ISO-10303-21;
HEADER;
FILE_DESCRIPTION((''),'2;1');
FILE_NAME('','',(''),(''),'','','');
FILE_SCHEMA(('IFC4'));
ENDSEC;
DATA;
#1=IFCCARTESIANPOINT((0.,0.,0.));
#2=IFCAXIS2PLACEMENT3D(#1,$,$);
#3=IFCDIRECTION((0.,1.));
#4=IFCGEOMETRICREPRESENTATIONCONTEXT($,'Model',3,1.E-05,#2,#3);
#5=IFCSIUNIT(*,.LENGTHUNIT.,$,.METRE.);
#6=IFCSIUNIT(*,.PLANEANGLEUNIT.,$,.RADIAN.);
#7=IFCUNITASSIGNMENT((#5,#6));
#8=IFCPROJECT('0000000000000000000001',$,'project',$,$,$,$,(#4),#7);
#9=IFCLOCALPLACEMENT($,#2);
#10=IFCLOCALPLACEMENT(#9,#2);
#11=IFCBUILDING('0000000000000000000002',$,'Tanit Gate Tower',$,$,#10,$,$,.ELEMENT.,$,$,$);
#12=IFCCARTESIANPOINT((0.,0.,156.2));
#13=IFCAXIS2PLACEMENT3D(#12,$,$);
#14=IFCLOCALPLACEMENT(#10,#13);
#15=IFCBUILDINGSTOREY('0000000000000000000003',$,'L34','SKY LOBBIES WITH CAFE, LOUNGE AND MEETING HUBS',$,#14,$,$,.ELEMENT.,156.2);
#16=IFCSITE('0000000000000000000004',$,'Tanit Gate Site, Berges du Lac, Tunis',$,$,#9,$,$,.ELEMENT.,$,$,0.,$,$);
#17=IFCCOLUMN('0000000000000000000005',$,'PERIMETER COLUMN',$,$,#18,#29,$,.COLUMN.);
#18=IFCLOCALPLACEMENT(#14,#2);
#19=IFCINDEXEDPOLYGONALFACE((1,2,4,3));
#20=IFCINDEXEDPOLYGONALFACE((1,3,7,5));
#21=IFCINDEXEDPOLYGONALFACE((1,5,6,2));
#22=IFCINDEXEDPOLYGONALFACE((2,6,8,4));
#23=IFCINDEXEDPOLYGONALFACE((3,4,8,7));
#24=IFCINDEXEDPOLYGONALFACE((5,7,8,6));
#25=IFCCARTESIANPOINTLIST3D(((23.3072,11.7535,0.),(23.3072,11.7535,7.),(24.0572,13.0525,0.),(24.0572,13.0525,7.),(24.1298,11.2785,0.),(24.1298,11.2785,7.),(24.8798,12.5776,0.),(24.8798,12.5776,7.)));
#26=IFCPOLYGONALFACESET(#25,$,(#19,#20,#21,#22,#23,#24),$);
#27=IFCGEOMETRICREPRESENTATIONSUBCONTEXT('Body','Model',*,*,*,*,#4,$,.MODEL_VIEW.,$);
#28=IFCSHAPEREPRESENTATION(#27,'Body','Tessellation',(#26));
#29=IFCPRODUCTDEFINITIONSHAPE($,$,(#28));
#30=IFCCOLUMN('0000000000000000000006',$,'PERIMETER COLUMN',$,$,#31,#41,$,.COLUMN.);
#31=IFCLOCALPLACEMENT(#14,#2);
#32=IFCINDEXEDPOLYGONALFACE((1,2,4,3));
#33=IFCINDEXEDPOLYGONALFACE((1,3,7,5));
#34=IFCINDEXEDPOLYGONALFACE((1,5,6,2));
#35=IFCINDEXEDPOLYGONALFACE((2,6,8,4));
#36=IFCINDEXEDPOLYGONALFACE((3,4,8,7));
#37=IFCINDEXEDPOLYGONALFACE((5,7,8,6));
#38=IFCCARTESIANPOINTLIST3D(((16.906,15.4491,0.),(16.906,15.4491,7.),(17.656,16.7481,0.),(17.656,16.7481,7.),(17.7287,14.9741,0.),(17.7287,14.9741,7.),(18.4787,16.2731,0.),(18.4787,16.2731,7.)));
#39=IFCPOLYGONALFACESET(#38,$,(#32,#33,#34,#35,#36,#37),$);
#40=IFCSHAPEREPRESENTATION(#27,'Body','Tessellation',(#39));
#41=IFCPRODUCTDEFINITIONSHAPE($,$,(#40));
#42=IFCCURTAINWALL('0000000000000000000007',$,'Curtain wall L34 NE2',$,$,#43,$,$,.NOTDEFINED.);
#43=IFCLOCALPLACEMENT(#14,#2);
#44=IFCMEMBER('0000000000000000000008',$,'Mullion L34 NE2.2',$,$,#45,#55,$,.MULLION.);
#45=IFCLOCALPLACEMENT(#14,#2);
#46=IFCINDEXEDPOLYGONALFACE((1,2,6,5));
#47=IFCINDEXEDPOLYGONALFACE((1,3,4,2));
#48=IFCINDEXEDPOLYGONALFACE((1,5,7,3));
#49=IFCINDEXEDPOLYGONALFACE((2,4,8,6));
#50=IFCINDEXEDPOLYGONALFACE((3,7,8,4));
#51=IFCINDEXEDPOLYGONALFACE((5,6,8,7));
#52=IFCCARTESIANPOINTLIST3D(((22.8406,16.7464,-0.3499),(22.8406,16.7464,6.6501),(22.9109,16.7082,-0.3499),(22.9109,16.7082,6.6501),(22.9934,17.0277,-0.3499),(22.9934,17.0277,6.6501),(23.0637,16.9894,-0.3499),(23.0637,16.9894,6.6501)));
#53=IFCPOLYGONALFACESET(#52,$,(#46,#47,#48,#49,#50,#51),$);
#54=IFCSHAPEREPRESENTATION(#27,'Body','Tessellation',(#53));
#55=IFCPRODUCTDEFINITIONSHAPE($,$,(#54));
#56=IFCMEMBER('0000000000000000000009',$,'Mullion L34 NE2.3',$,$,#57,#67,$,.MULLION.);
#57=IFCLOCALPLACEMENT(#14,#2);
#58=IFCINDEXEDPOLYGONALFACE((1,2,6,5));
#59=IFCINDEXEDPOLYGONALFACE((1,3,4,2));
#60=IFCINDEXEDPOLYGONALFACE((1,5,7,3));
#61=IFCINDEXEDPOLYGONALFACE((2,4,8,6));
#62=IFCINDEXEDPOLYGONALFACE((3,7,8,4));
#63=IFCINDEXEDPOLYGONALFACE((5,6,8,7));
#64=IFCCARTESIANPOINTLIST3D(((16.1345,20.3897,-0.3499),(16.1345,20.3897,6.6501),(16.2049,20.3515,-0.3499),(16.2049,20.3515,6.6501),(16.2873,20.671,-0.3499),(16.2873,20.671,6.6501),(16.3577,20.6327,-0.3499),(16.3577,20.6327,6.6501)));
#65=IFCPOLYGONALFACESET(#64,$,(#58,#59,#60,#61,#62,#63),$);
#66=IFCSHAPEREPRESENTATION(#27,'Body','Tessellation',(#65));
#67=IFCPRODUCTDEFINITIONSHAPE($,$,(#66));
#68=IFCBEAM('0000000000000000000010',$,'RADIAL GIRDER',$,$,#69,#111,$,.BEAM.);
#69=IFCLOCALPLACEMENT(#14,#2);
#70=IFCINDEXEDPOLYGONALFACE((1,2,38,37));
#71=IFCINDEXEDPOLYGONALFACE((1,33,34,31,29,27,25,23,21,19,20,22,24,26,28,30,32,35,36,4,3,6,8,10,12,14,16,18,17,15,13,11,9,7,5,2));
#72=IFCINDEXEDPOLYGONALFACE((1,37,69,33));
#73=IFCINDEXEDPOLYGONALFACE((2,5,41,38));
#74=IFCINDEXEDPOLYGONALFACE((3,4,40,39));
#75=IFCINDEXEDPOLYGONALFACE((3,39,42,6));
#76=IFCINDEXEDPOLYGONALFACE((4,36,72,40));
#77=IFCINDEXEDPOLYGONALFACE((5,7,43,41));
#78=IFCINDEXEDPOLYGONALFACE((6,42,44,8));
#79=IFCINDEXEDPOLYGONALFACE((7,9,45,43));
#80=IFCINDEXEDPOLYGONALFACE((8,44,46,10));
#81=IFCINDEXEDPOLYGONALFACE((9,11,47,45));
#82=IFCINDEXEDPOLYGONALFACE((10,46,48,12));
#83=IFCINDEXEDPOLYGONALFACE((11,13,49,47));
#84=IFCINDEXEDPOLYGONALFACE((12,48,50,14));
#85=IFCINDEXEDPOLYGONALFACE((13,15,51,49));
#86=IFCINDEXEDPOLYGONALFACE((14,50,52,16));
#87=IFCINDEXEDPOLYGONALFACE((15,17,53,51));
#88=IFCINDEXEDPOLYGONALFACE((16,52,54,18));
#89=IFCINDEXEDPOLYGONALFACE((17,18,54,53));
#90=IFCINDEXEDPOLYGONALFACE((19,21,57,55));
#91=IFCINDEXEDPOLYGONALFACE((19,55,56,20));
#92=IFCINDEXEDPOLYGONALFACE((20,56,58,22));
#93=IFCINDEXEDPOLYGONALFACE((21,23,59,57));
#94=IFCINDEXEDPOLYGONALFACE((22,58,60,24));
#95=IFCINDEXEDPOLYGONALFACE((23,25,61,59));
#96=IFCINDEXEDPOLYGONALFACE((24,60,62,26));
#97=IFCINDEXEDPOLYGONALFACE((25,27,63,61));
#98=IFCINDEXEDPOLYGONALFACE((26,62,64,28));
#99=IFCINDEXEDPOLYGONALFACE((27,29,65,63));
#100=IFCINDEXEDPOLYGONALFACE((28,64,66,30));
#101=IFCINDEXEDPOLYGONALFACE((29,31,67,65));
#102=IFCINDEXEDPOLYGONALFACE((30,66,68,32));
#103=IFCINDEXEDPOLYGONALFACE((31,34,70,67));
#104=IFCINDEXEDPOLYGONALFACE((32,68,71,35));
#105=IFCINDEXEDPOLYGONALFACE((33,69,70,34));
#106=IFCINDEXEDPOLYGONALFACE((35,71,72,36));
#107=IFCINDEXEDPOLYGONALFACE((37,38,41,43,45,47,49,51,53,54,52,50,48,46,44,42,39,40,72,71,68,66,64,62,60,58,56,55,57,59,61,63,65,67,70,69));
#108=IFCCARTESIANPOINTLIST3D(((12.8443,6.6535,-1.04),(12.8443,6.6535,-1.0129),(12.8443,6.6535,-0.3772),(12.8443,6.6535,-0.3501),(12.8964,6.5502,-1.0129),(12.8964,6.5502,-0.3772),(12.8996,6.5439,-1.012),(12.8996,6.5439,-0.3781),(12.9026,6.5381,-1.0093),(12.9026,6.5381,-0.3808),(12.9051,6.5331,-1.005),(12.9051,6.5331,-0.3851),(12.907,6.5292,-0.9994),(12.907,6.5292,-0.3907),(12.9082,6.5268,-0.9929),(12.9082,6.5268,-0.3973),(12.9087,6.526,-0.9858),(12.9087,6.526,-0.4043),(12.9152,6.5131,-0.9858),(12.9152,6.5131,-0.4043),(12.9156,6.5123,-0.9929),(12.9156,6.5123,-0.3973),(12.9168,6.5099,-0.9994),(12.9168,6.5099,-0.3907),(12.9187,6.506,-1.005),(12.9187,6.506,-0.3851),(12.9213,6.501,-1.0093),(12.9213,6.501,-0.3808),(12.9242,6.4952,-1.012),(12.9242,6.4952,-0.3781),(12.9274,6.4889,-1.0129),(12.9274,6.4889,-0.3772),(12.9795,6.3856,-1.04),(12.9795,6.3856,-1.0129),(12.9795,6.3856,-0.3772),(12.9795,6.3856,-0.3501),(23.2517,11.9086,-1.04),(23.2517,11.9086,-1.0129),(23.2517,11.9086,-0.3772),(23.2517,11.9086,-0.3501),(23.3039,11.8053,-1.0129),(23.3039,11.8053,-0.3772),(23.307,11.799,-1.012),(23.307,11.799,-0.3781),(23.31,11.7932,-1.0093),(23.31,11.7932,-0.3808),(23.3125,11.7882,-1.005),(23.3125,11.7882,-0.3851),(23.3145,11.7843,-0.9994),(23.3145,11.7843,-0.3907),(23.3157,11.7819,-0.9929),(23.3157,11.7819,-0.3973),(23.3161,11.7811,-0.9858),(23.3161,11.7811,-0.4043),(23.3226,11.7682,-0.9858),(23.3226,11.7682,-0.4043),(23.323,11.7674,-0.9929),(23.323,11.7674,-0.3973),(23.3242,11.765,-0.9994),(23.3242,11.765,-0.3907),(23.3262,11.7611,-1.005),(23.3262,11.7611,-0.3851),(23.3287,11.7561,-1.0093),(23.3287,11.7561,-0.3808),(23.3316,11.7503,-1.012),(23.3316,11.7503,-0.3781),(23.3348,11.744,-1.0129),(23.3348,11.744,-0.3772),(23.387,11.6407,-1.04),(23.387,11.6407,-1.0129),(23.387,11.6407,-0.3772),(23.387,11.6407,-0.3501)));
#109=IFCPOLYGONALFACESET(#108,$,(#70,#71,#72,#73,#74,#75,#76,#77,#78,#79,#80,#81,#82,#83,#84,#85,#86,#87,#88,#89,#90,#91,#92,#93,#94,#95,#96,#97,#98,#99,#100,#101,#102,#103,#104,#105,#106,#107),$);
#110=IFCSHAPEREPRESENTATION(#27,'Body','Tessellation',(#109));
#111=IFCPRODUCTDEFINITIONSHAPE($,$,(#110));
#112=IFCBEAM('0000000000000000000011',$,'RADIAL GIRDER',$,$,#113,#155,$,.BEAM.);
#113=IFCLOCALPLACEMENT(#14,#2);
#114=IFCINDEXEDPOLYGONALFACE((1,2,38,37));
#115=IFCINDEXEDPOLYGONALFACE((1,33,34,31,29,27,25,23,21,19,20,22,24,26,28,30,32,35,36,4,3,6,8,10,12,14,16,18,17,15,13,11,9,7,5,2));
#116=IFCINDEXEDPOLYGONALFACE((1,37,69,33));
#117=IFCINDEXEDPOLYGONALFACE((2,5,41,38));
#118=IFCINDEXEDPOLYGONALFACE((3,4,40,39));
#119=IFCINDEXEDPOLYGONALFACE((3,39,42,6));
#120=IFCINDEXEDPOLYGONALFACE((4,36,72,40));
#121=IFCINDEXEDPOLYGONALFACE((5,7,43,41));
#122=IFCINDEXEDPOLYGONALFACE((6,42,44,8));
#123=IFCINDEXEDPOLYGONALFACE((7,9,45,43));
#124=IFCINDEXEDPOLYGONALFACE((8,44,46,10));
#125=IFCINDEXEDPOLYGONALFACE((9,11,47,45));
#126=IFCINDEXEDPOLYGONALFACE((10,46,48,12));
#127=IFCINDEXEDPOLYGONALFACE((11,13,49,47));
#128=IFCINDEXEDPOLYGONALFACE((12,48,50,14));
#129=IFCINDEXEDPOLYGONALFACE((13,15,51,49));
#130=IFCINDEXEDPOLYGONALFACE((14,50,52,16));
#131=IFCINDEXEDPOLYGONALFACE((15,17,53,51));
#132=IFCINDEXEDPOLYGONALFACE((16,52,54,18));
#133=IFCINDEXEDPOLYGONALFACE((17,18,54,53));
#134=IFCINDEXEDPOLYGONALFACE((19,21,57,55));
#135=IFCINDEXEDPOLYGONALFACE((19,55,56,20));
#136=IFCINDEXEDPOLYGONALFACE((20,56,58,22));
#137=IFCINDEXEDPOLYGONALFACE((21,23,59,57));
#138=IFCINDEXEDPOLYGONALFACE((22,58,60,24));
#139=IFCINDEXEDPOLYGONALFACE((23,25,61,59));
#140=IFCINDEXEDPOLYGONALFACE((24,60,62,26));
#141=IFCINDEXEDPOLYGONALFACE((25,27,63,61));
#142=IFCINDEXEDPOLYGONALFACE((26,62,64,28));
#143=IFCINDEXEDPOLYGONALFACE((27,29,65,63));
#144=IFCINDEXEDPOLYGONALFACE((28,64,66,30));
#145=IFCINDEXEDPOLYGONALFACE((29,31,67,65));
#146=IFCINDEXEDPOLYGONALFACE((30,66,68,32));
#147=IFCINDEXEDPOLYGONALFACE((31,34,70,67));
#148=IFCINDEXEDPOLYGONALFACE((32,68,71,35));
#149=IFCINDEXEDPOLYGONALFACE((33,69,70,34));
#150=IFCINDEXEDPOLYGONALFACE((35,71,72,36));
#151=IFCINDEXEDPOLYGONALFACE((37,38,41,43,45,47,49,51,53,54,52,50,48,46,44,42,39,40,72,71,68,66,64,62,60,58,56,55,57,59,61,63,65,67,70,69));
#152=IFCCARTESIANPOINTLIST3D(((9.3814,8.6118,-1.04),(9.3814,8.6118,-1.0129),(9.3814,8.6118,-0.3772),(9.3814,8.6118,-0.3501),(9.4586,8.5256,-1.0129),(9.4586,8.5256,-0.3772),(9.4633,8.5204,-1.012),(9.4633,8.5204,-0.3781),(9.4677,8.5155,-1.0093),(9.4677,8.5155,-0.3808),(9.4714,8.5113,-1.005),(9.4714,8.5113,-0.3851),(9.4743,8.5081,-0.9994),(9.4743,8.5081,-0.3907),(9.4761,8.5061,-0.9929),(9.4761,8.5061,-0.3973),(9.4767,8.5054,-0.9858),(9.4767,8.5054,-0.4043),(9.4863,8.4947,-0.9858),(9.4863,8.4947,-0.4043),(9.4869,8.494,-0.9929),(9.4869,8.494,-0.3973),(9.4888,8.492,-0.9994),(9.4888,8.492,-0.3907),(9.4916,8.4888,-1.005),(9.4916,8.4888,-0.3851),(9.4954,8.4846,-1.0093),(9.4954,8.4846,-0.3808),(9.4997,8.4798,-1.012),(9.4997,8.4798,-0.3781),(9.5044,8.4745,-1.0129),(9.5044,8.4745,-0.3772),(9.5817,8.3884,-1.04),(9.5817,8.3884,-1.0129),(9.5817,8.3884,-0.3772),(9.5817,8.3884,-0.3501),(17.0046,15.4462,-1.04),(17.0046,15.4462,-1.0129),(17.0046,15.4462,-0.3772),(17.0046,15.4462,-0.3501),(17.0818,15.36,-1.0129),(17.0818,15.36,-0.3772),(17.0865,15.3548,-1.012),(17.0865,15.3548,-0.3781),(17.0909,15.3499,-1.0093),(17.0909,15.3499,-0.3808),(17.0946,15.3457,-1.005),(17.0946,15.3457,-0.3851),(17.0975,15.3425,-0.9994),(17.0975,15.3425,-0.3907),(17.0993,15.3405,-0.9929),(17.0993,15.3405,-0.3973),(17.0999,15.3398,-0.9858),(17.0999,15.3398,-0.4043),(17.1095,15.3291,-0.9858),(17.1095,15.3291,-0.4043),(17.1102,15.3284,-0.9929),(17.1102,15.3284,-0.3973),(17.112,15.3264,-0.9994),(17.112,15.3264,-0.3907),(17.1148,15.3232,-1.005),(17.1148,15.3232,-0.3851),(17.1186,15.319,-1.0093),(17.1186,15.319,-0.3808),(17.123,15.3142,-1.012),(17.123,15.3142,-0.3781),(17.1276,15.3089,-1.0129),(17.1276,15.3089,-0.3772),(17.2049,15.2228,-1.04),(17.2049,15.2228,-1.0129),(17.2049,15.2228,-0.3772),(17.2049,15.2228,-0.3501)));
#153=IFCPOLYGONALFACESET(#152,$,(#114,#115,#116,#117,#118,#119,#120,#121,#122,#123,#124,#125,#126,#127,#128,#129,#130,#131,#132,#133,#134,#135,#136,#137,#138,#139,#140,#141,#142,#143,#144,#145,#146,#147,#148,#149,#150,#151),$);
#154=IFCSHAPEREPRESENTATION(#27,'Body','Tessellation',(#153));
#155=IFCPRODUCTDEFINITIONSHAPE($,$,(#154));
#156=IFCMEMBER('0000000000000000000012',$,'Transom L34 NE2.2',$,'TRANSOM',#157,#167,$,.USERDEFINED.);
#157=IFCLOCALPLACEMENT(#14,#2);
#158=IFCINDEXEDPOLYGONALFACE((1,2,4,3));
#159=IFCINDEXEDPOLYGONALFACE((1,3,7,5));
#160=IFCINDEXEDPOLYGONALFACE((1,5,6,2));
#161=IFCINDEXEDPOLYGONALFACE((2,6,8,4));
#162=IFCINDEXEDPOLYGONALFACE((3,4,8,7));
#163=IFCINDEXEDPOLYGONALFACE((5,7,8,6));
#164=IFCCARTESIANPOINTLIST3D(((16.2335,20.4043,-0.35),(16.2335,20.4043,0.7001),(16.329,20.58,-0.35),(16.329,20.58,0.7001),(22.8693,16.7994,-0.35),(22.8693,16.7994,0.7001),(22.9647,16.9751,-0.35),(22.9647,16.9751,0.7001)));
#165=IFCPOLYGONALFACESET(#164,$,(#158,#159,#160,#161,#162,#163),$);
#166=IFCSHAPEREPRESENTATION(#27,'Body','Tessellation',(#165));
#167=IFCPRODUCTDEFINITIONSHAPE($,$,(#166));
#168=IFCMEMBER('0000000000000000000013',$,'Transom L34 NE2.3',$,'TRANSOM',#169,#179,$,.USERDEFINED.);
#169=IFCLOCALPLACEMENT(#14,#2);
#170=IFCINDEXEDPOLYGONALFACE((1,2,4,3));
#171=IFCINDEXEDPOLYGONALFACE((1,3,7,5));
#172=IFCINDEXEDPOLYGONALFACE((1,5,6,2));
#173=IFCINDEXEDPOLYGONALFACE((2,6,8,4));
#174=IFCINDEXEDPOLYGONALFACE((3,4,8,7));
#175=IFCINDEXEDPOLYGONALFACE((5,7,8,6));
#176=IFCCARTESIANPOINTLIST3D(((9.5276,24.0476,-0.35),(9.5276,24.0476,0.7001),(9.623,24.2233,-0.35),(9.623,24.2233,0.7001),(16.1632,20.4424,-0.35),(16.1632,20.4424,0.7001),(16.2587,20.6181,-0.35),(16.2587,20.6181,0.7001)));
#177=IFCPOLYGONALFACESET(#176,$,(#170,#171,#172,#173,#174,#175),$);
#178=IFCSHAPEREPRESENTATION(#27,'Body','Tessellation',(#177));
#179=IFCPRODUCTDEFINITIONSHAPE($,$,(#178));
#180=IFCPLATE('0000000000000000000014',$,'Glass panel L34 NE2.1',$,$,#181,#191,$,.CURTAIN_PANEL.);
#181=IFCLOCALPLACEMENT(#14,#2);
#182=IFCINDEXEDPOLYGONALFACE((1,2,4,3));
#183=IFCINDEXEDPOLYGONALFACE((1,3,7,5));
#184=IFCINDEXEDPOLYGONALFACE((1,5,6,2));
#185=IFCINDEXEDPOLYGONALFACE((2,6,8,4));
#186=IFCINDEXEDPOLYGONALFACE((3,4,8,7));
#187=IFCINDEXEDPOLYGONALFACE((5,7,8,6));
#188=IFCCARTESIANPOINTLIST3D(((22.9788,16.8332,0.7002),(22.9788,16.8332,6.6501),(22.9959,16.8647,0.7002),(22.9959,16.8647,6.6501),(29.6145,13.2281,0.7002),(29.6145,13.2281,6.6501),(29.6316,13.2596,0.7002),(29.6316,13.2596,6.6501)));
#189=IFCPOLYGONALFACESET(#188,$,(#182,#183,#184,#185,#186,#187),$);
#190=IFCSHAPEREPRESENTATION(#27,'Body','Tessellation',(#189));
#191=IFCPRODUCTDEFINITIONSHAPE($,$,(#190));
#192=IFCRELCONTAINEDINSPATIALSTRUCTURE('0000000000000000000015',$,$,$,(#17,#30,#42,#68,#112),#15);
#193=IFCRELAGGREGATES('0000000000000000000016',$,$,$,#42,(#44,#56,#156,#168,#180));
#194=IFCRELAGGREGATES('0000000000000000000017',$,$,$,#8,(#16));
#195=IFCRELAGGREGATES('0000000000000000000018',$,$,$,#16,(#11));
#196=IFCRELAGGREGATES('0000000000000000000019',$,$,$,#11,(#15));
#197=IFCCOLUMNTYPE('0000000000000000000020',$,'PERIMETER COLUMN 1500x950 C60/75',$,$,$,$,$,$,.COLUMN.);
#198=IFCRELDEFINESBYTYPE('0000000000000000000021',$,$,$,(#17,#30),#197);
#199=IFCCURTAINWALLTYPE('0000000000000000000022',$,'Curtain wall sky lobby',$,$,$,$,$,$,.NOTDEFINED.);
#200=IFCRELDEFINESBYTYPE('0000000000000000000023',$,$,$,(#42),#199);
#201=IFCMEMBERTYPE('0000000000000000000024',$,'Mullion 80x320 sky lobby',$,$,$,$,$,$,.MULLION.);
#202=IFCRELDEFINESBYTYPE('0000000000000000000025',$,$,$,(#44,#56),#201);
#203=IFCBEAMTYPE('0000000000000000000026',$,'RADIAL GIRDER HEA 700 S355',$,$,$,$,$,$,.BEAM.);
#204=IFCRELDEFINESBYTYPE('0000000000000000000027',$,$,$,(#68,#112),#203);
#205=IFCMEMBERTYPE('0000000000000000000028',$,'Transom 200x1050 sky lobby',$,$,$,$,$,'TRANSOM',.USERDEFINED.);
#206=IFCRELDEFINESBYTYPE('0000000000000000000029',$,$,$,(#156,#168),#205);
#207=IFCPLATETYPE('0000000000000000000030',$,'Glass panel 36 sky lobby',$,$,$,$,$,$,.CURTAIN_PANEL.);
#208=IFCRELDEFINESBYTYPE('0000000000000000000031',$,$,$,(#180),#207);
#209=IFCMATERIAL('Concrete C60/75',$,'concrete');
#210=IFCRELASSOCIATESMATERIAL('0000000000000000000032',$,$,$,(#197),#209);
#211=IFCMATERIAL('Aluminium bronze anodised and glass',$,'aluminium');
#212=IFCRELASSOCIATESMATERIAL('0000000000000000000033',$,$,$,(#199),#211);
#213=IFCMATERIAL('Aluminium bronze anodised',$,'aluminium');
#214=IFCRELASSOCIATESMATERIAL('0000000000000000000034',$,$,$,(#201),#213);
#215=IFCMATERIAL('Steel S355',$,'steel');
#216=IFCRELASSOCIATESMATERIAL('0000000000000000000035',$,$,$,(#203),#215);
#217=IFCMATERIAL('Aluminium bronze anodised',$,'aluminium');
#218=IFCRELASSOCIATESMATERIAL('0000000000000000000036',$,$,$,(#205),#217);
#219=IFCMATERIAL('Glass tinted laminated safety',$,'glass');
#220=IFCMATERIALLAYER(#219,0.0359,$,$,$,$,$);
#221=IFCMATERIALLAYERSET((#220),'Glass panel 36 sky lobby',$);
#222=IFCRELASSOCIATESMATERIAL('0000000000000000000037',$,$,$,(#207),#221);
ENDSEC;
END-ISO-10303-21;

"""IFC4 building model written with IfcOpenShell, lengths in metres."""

from ifc_helpers import new_model, si_unit, direction, frame, origin, origin_2d, place, context, subcontext, project, spatial, rectangle, i_section, extrude, material, layer, layer_set, material_profile, profile_set, type_object, element, aggregate, save


model = new_model("IFC4")

# Units and contexts
model_context = context("Model", 3, precision=1e-05, world=origin(), true_north=direction((0.0, 1.0)))
body_context = subcontext(model_context, "Body", "Model", "MODEL_VIEW")
ifc_project = project(units=[si_unit("LENGTHUNIT", "METRE"), si_unit("PLANEANGLEUNIT", "RADIAN")], contexts=[model_context])

# Site, building, storey
site_placement = place(None, origin())
site = spatial("IfcSite", under=ifc_project, at=site_placement, Name="Tanit Gate Site, Berges du Lac, Tunis", CompositionType="ELEMENT", RefElevation=0.0)
building_placement = place(site_placement, origin())
building = spatial("IfcBuilding", under=site, at=building_placement, Name="Tanit Gate Tower", CompositionType="ELEMENT")
storey_placement = place(building_placement, frame((0.0, 0.0, 156.2)))
storey = spatial("IfcBuildingStorey", under=building, at=storey_placement, Name="L34", Description="SKY LOBBIES WITH CAFE, LOUNGE AND MEETING HUBS", CompositionType="ELEMENT", Elevation=156.2)

# Columns
ifc_material_1 = material(Name="Concrete C60/75", Category="concrete")
ifc_material_profile_1 = material_profile(ifc_material_1, rectangle(XDim=1.5, YDim=0.95, at=origin_2d()), Name="RC 1500x950")
ifc_profile_set_1 = profile_set([ifc_material_profile_1], Name="Concrete C60/75")
column_type = type_object("IfcColumnType", Name="PERIMETER COLUMN 1500x950 C60/75", PredefinedType="COLUMN", material=ifc_profile_set_1)
for number, where, z_axis, x_axis, name in (
    (1, (24.0935, 12.1655, 0.0), (0.0, 0.0, 1.0), (0.5, 0.866025, 0.0), "PERIMETER COLUMN"),
    (2, (17.6924, 15.8611, 0.0), (0.0, 0.0, 1.0), (0.5, 0.866025, 0.0), "PERIMETER COLUMN"),
):
    element("IfcColumn", number, at=place(storey_placement, frame(where, z_axis=z_axis, x_axis=x_axis)), inside=storey, type_object=column_type, Name=name, PredefinedType="COLUMN", context=body_context, shape_type="SweptSolid", body=[
        extrude(rectangle(XDim=1.5, YDim=0.95, at=origin_2d()), origin(), (0.0, 0.0, 1.0), 7.0),
    ])

# Curtain wall, members
ifc_material_2 = material(Name="Aluminium bronze anodised and glass", Category="aluminium")
curtain_wall_type = type_object("IfcCurtainWallType", Name="Curtain wall sky lobby", PredefinedType="NOTDEFINED", material=ifc_material_2)
curtain_wall_placement = place(storey_placement, origin())
curtain_wall = element("IfcCurtainWall", 3, at=curtain_wall_placement, inside=storey, type_object=curtain_wall_type, Name="Curtain wall L34 NE2", PredefinedType="NOTDEFINED")
ifc_material_3 = material(Name="Aluminium bronze anodised", Category="aluminium")
ifc_material_profile_2 = material_profile(ifc_material_3, rectangle(XDim=0.3201, YDim=0.0801, at=origin_2d()), Name="80x320 bronze mullion")
ifc_profile_set_2 = profile_set([ifc_material_profile_2], Name="Aluminium bronze anodised")
member_type_1 = type_object("IfcMemberType", Name="Mullion 80x320 sky lobby", PredefinedType="MULLION", material=ifc_profile_set_2)
member_1_placement = place(storey_placement, frame((22.9521, 16.8679, -0.3499), z_axis=(0.0, 0.0, 1.0), x_axis=(-0.477381, -0.878696, 0.0)))
member_1 = element("IfcMember", 4, at=member_1_placement, type_object=member_type_1, Name="Mullion L34 NE2.2", PredefinedType="MULLION", context=body_context, shape_type="SweptSolid", body=[
    extrude(rectangle(XDim=0.3201, YDim=0.0801, at=origin_2d()), origin(), (0.0, 0.0, 1.0), 7.0),
])
member_2_placement = place(storey_placement, frame((16.2461, 20.5112, -0.3499), z_axis=(0.0, 0.0, 1.0), x_axis=(-0.477381, -0.878696, 0.0)))
member_2 = element("IfcMember", 5, at=member_2_placement, type_object=member_type_1, Name="Mullion L34 NE2.3", PredefinedType="MULLION", context=body_context, shape_type="SweptSolid", body=[
    extrude(rectangle(XDim=0.3201, YDim=0.0801, at=origin_2d()), origin(), (0.0, 0.0, 1.0), 7.0),
])

# Beams
ifc_material_4 = material(Name="Steel S355", Category="steel")
ifc_material_profile_3 = material_profile(ifc_material_4, i_section(OverallWidth=0.3, OverallDepth=0.6899, WebThickness=0.0144, FlangeThickness=0.0271, FilletRadius=0.0271, at=origin_2d()), Name="HEA 700")
ifc_profile_set_3 = profile_set([ifc_material_profile_3], Name="Steel S355")
beam_type = type_object("IfcBeamType", Name="RADIAL GIRDER HEA 700 S355", PredefinedType="BEAM", material=ifc_profile_set_3)
beam_1_placement = place(storey_placement, frame((23.3193, 11.7747, -0.6951), z_axis=(-0.892657, -0.450736, 0.0), x_axis=(0.450736, -0.892657, 0.0)))
element("IfcBeam", 6, at=beam_1_placement, inside=storey, type_object=beam_type, Name="RADIAL GIRDER", PredefinedType="BEAM", context=body_context, shape_type="SweptSolid", body=[
    extrude(i_section(OverallWidth=0.3, OverallDepth=0.6899, WebThickness=0.0144, FlangeThickness=0.0271, FilletRadius=0.0271, at=origin_2d()), origin(), (0.0, 0.0, 1.0), 11.6589),
])
beam_2_placement = place(storey_placement, frame((17.1047, 15.3345, -0.6951), z_axis=(-0.744579, -0.667534, 0.0), x_axis=(0.667534, -0.744579, 0.0)))
element("IfcBeam", 7, at=beam_2_placement, inside=storey, type_object=beam_type, Name="RADIAL GIRDER", PredefinedType="BEAM", context=body_context, shape_type="SweptSolid", body=[
    extrude(i_section(OverallWidth=0.3, OverallDepth=0.6899, WebThickness=0.0144, FlangeThickness=0.0271, FilletRadius=0.0271, at=origin_2d()), origin(), (0.0, 0.0, 1.0), 10.2383),
])

# Members
ifc_material_5 = material(Name="Aluminium bronze anodised", Category="aluminium")
ifc_material_profile_4 = material_profile(ifc_material_5, rectangle(XDim=0.2, YDim=1.05, at=origin_2d()), Name="200x1050 bronze transom")
ifc_profile_set_4 = profile_set([ifc_material_profile_4], Name="Aluminium bronze anodised")
member_type_2 = type_object("IfcMemberType", Name="Transom 200x1050 sky lobby", ElementType="TRANSOM", PredefinedType="USERDEFINED", material=ifc_profile_set_4)
member_3_placement = place(storey_placement, frame((22.917, 16.8872, 0.175), z_axis=(-0.878702, 0.47737, 0.0), x_axis=(-0.47737, -0.878702, 0.0)))
member_3 = element("IfcMember", 8, at=member_3_placement, type_object=member_type_2, Name="Transom L34 NE2.2", ObjectType="TRANSOM", PredefinedType="USERDEFINED", context=body_context, shape_type="SweptSolid", body=[
    extrude(rectangle(XDim=0.2, YDim=1.05, at=origin_2d()), origin(), (0.0, 0.0, 1.0), 7.5518),
])
member_4_placement = place(storey_placement, frame((16.2109, 20.5303, 0.175), z_axis=(-0.878689, 0.477395, 0.0), x_axis=(-0.477395, -0.878689, 0.0)))
member_4 = element("IfcMember", 9, at=member_4_placement, type_object=member_type_2, Name="Transom L34 NE2.3", ObjectType="TRANSOM", PredefinedType="USERDEFINED", context=body_context, shape_type="SweptSolid", body=[
    extrude(rectangle(XDim=0.2, YDim=1.05, at=origin_2d()), origin(), (0.0, 0.0, 1.0), 7.5518),
])

# Plate
ifc_material_6 = material(Name="Glass tinted laminated safety", Category="glass")
ifc_layer_1 = layer(ifc_material_6, 0.0359)
ifc_layer_set_1 = layer_set([ifc_layer_1], Name="Glass panel 36 sky lobby")
plate_type = type_object("IfcPlateType", Name="Glass panel 36 sky lobby", PredefinedType="CURTAIN_PANEL", material=ifc_layer_set_1)
plate_1_placement = place(storey_placement, frame((26.3052, 15.0464, 0.7002), z_axis=(0.0, 0.0, 1.0), x_axis=(-0.878696, 0.477381, 0.0)))
plate_1 = element("IfcPlate", 10, at=plate_1_placement, type_object=plate_type, Name="Glass panel L34 NE2.1", PredefinedType="CURTAIN_PANEL", context=body_context, shape_type="SweptSolid", body=[
    extrude(rectangle(XDim=7.5518, YDim=0.0359, at=origin_2d()), origin(), (0.0, 0.0, 1.0), 5.95),
])
aggregate(curtain_wall, [member_1, member_2, member_3, member_4, plate_1])

save(model, "model.ifc")
